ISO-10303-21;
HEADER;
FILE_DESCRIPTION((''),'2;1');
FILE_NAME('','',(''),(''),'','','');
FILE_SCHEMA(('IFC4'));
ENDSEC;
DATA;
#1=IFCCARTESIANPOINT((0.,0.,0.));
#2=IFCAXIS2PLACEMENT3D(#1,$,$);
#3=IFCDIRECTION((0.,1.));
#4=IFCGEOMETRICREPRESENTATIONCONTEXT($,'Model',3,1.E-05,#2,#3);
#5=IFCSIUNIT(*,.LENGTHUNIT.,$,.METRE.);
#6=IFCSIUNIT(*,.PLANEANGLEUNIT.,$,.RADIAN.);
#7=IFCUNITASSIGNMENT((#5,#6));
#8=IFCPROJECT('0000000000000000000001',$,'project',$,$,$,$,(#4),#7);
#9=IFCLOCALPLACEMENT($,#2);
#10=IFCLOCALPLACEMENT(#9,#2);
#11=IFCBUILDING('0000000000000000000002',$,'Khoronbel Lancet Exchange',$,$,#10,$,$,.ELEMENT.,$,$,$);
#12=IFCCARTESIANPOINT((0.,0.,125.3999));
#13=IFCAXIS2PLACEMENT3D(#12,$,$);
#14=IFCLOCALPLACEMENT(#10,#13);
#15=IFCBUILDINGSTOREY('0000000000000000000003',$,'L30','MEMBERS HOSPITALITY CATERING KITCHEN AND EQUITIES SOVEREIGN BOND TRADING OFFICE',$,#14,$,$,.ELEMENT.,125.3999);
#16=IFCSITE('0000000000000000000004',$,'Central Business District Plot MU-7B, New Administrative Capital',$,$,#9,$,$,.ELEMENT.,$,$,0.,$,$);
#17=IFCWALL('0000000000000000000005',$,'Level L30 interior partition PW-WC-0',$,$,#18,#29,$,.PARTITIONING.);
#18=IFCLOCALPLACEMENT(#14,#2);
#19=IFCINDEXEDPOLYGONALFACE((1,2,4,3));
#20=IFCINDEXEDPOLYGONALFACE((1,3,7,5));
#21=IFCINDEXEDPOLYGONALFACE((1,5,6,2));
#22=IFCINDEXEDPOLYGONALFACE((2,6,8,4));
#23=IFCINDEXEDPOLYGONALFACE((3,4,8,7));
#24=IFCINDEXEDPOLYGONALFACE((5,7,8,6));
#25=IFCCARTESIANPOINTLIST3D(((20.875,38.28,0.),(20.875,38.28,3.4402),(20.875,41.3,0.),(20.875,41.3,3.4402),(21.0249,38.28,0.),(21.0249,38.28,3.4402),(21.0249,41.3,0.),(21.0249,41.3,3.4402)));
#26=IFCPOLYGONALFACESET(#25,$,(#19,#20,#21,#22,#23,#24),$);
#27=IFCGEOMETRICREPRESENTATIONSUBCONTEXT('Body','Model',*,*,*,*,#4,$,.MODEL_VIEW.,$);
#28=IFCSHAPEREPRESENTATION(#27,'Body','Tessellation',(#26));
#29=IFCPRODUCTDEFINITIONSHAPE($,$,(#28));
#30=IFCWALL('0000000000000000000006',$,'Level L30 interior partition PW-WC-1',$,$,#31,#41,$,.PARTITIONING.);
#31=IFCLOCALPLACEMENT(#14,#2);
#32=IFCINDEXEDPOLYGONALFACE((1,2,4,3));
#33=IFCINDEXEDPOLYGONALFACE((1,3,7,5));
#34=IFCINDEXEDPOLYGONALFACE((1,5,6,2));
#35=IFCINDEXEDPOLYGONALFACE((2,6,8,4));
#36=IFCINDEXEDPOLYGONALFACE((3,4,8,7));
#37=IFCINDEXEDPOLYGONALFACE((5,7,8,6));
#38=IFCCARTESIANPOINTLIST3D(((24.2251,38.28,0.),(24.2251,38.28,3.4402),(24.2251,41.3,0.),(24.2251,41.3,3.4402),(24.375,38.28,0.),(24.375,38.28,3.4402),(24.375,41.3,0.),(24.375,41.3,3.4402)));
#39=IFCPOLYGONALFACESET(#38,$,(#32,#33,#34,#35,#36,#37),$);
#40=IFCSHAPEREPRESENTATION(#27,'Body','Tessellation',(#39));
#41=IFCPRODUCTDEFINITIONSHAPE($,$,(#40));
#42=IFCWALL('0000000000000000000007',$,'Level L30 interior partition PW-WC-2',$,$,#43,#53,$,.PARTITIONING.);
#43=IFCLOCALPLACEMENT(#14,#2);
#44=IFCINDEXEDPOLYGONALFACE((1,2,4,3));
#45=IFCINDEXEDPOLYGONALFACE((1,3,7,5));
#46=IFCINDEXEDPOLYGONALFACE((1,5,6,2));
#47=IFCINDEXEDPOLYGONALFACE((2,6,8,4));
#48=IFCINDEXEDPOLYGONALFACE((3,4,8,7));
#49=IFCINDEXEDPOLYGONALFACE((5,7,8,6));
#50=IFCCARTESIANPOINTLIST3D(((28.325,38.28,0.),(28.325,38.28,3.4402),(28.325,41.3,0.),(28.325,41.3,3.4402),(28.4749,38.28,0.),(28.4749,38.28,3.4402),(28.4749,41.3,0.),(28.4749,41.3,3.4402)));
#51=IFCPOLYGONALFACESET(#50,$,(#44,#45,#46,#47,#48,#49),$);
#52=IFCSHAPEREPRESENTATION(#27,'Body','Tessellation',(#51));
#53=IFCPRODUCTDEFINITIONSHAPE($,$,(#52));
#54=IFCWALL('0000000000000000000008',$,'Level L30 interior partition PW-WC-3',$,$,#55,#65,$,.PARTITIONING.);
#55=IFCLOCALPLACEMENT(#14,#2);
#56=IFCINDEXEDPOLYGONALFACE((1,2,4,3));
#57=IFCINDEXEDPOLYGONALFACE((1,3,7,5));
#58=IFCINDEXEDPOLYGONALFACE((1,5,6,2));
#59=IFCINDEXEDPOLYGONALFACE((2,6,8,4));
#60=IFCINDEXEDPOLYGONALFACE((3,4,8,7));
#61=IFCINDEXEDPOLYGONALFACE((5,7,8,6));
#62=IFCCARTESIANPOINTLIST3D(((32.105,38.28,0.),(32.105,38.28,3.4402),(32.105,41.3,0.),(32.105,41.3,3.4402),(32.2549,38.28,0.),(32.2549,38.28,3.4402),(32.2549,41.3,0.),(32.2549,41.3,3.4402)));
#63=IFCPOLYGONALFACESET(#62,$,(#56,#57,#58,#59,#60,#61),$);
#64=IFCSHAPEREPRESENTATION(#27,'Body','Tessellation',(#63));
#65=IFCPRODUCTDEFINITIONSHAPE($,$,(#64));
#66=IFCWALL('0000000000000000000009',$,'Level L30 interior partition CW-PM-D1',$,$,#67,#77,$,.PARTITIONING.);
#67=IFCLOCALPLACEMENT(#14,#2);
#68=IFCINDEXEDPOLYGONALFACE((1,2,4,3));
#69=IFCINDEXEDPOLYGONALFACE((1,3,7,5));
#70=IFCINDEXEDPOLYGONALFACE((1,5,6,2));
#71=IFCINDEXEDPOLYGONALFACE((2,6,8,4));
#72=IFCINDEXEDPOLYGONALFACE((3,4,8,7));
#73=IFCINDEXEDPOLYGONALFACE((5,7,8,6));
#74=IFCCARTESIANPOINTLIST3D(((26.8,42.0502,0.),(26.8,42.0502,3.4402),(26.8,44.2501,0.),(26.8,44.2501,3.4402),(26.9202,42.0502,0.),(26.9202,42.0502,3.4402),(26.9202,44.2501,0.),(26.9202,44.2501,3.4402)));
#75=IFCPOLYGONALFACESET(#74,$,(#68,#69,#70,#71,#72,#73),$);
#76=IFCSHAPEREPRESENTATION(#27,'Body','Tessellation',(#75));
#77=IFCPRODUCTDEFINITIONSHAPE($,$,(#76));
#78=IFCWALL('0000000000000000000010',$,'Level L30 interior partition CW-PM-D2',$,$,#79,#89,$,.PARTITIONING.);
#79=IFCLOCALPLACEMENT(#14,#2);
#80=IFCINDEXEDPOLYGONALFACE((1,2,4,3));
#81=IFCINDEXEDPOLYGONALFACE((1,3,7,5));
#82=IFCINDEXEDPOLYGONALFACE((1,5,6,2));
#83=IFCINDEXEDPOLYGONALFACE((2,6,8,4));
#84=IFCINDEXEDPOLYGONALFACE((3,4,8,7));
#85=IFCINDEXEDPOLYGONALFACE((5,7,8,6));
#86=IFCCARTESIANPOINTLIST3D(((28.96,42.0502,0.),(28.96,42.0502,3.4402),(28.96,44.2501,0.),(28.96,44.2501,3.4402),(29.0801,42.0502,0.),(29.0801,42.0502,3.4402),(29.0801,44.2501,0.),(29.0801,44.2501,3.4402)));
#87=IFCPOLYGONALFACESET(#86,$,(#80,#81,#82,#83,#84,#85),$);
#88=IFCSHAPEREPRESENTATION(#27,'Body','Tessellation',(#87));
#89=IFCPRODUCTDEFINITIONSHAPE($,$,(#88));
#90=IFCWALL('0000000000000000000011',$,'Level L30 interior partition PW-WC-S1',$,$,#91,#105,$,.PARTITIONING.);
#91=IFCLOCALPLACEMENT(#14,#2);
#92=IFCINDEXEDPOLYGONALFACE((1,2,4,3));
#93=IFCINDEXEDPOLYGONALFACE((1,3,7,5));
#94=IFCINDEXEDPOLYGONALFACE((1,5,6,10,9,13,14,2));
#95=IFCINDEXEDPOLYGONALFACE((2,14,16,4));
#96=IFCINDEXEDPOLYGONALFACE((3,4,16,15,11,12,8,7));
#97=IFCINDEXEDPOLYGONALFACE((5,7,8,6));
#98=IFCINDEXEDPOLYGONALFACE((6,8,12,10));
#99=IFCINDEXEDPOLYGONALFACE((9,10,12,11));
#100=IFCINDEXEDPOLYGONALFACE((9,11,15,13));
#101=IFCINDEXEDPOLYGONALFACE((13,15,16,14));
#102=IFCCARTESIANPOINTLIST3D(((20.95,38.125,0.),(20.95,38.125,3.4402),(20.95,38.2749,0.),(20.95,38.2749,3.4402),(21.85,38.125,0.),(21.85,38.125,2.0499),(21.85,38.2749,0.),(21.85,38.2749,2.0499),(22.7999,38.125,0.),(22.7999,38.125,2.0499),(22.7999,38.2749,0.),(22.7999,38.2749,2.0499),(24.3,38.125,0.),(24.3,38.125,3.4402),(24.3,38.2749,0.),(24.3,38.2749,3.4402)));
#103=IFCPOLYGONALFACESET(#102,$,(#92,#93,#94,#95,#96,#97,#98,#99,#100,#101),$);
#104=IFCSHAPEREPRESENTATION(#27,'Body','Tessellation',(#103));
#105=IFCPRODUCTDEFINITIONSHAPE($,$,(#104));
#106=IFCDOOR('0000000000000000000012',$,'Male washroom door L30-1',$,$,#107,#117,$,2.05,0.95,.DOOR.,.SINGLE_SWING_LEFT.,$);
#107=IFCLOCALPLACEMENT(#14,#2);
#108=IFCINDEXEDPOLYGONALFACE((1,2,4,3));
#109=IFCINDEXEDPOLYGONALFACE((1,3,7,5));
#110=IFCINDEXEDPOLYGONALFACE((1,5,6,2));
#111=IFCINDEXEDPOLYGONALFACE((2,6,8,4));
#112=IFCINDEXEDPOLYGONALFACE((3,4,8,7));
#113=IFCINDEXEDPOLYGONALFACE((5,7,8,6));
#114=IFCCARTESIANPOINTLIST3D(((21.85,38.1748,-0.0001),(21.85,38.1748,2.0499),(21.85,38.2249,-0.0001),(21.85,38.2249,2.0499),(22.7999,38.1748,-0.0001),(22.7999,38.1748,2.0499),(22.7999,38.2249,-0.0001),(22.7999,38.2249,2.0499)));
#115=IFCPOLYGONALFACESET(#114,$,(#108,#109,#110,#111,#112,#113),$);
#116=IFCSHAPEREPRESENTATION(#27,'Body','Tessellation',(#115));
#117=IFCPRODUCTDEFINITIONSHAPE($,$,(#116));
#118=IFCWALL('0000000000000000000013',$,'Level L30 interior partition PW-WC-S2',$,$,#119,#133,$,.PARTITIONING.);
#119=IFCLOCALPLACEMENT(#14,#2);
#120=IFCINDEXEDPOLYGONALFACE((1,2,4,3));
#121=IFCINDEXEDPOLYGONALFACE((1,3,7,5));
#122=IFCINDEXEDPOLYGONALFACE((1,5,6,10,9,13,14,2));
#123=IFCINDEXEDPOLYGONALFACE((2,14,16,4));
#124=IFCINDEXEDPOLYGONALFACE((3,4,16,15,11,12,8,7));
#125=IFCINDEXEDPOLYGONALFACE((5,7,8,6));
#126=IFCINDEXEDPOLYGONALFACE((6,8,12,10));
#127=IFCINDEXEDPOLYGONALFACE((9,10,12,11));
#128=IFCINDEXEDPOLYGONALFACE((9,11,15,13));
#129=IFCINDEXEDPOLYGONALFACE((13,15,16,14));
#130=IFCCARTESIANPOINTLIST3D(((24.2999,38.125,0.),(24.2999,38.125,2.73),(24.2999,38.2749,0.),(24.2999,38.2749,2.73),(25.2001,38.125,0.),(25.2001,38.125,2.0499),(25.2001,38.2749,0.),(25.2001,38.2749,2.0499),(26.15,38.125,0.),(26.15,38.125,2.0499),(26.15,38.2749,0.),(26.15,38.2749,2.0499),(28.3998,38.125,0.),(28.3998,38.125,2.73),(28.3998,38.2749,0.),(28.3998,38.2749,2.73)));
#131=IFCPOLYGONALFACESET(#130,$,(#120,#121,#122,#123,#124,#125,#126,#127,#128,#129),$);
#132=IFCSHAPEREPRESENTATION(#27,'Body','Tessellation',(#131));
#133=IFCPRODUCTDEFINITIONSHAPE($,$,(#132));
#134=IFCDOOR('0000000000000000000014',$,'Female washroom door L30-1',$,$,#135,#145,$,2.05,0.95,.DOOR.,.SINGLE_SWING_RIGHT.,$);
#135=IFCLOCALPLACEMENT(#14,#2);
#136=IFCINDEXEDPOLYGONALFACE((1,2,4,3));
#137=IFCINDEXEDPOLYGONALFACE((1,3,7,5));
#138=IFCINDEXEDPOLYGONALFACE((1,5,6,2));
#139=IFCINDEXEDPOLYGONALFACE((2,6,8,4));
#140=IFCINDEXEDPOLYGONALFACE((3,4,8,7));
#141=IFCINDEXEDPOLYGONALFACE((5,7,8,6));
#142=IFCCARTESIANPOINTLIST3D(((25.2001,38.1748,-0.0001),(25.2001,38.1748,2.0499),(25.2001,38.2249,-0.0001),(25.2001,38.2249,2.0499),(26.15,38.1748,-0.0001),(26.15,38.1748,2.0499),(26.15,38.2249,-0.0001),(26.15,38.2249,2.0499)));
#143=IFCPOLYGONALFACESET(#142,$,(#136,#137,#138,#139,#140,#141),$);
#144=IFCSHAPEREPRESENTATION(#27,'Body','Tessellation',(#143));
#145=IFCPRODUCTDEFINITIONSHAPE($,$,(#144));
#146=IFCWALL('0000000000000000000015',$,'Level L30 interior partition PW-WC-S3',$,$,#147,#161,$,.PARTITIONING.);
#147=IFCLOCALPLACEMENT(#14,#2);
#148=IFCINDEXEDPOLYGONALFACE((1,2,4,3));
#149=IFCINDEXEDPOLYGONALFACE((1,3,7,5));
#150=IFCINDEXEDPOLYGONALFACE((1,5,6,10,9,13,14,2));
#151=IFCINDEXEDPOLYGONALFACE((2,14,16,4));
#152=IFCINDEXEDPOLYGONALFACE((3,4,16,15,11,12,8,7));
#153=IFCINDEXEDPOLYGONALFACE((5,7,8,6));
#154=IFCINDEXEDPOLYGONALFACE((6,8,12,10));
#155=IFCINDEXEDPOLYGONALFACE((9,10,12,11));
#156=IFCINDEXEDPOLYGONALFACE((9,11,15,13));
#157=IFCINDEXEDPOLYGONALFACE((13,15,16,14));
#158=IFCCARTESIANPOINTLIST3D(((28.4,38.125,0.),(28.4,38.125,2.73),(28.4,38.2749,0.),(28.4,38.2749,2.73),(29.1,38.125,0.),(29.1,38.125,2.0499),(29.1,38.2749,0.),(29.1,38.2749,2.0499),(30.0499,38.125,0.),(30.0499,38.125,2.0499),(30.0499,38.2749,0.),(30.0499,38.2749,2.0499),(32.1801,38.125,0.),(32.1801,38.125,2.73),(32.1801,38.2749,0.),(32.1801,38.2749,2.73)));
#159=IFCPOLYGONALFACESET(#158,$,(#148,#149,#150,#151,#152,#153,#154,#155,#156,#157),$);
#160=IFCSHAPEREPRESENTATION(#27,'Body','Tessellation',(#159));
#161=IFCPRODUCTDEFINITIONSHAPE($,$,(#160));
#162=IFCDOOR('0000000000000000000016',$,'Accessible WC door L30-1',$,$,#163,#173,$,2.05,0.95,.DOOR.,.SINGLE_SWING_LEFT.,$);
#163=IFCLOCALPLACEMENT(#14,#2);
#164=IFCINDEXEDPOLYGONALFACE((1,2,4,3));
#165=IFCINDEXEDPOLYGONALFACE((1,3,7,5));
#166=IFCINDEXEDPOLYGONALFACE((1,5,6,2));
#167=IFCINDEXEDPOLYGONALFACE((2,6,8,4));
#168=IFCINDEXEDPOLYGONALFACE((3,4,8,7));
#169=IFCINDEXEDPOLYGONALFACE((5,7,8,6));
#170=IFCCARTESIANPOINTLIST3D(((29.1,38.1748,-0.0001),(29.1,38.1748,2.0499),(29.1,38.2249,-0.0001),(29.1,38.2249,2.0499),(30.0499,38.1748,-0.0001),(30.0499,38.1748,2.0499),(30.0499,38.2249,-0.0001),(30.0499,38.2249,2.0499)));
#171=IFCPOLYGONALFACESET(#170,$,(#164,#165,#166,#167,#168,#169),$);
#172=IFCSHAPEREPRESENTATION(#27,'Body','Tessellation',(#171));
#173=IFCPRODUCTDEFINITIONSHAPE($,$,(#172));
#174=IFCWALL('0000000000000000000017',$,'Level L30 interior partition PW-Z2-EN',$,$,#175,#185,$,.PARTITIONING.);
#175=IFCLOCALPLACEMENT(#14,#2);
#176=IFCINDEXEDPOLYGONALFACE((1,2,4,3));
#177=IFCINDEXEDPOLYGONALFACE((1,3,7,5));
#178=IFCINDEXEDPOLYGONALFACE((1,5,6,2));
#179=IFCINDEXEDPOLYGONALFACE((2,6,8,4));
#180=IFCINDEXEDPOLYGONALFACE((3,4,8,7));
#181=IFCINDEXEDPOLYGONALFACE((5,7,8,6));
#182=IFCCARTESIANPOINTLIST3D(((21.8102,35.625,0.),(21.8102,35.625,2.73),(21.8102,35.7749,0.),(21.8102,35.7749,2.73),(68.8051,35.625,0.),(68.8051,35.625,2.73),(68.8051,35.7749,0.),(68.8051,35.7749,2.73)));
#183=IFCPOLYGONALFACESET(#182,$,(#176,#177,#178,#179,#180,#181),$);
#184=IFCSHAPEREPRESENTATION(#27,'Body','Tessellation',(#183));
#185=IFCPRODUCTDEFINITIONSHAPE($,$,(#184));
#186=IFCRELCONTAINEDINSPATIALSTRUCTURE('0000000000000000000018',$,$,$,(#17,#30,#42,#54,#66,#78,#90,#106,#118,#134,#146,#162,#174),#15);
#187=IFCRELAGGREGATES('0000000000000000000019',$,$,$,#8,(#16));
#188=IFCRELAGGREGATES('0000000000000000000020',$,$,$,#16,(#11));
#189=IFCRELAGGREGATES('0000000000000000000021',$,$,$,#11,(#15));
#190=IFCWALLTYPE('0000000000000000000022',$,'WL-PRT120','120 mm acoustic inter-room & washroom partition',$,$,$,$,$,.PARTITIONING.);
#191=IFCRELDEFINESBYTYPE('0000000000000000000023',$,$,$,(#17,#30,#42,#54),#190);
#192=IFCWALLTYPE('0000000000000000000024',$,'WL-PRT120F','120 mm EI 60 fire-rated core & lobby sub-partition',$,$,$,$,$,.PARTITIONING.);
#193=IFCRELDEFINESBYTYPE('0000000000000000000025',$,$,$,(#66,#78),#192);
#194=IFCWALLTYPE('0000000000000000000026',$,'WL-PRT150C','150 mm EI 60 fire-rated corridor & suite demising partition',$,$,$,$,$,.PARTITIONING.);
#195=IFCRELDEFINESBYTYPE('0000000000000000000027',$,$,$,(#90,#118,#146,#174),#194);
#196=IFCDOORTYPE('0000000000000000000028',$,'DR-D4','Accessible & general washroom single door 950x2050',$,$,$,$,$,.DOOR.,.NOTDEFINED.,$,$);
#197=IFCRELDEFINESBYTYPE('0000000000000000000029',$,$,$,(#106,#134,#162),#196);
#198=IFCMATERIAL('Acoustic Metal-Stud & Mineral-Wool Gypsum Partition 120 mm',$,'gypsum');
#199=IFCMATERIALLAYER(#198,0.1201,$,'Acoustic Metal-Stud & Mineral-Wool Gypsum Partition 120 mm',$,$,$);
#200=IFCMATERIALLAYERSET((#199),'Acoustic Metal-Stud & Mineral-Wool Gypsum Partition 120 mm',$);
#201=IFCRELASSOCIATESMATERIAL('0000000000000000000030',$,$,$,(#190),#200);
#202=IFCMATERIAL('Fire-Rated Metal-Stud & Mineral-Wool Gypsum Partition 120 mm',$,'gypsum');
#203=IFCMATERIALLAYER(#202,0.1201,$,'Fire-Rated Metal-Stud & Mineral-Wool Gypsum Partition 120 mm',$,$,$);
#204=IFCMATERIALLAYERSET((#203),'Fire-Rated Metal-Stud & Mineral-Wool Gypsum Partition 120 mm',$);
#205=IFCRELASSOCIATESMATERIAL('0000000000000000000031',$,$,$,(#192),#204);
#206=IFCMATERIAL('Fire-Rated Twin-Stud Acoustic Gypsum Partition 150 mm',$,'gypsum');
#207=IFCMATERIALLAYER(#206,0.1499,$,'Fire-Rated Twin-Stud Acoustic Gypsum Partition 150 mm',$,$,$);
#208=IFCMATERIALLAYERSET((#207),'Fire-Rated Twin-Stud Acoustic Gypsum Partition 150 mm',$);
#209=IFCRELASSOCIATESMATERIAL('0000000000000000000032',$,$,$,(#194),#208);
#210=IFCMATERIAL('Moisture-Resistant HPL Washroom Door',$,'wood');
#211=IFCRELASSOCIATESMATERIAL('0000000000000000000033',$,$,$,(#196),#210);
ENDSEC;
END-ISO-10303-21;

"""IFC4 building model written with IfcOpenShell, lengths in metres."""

from ifc_helpers import new_model, si_unit, direction, frame, frame_2d, origin, place, context, subcontext, project, spatial, rectangle, extrude, material, layer, layer_set, type_object, element, fill, save


model = new_model("IFC4")

# Units and contexts
model_context = context("Model", 3, precision=1e-05, world=origin(), true_north=direction((0.0, 1.0)))
body_context = subcontext(model_context, "Body", "Model", "MODEL_VIEW")
ifc_project = project(units=[si_unit("LENGTHUNIT", "METRE"), si_unit("PLANEANGLEUNIT", "RADIAN")], contexts=[model_context])

# Site, building, storey
site_placement = place(None, origin())
site = spatial("IfcSite", under=ifc_project, at=site_placement, Name="Central Business District Plot MU-7B, New Administrative Capital", CompositionType="ELEMENT", RefElevation=0.0)
building_placement = place(site_placement, origin())
building = spatial("IfcBuilding", under=site, at=building_placement, Name="Khoronbel Lancet Exchange", CompositionType="ELEMENT")
storey_placement = place(building_placement, frame((0.0, 0.0, 125.3999)))
storey = spatial("IfcBuildingStorey", under=building, at=storey_placement, Name="L30", Description="MEMBERS HOSPITALITY CATERING KITCHEN AND EQUITIES SOVEREIGN BOND TRADING OFFICE", CompositionType="ELEMENT", Elevation=125.3999)

# Walls
ifc_material_1 = material(Name="Acoustic Metal-Stud & Mineral-Wool Gypsum Partition 120 mm", Category="gypsum")
ifc_layer_1 = layer(ifc_material_1, 0.1201, Name="Acoustic Metal-Stud & Mineral-Wool Gypsum Partition 120 mm")
ifc_layer_set_1 = layer_set([ifc_layer_1], Name="Acoustic Metal-Stud & Mineral-Wool Gypsum Partition 120 mm")
wall_type_1 = type_object("IfcWallType", Name="WL-PRT120", Description="120 mm acoustic inter-room & washroom partition", PredefinedType="PARTITIONING", material=ifc_layer_set_1)
for number, where, z_axis, x_axis, name in (
    (1, (20.95, 38.28, 0.0), (0.0, 0.0, 1.0), (0.0, 1.0, 0.0), "Level L30 interior partition PW-WC-0"),
    (2, (24.3, 38.28, 0.0), (0.0, 0.0, 1.0), (0.0, 1.0, 0.0), "Level L30 interior partition PW-WC-1"),
    (3, (28.3999, 38.28, 0.0), (0.0, 0.0, 1.0), (0.0, 1.0, 0.0), "Level L30 interior partition PW-WC-2"),
    (4, (32.1799, 38.28, 0.0), (0.0, 0.0, 1.0), (0.0, 1.0, 0.0), "Level L30 interior partition PW-WC-3"),
):
    element("IfcWall", number, at=place(storey_placement, frame(where, z_axis=z_axis, x_axis=x_axis)), inside=storey, type_object=wall_type_1, Name=name, PredefinedType="PARTITIONING", context=body_context, shape_type="SweptSolid", body=[
        extrude(rectangle(XDim=3.02, YDim=0.1499, at=frame_2d((1.51, 0.0))), origin(), (0.0, 0.0, 1.0), 3.4402),
    ])
ifc_material_2 = material(Name="Fire-Rated Metal-Stud & Mineral-Wool Gypsum Partition 120 mm", Category="gypsum")
ifc_layer_2 = layer(ifc_material_2, 0.1201, Name="Fire-Rated Metal-Stud & Mineral-Wool Gypsum Partition 120 mm")
ifc_layer_set_2 = layer_set([ifc_layer_2], Name="Fire-Rated Metal-Stud & Mineral-Wool Gypsum Partition 120 mm")
wall_type_2 = type_object("IfcWallType", Name="WL-PRT120F", Description="120 mm EI 60 fire-rated core & lobby sub-partition", PredefinedType="PARTITIONING", material=ifc_layer_set_2)
for number, where, z_axis, x_axis, name in (
    (5, (26.8601, 42.05, 0.0), (0.0, 0.0, 1.0), (0.0, 1.0, 0.0), "Level L30 interior partition CW-PM-D1"),
    (6, (29.02, 42.05, 0.0), (0.0, 0.0, 1.0), (0.0, 1.0, 0.0), "Level L30 interior partition CW-PM-D2"),
):
    element("IfcWall", number, at=place(storey_placement, frame(where, z_axis=z_axis, x_axis=x_axis)), inside=storey, type_object=wall_type_2, Name=name, PredefinedType="PARTITIONING", context=body_context, shape_type="SweptSolid", body=[
        extrude(rectangle(XDim=2.2, YDim=0.1201, at=frame_2d((1.1001, 0.0))), origin(), (0.0, 0.0, 1.0), 3.4402),
    ])

# Walls, openings, doors
ifc_material_3 = material(Name="Fire-Rated Twin-Stud Acoustic Gypsum Partition 150 mm", Category="gypsum")
ifc_layer_3 = layer(ifc_material_3, 0.1499, Name="Fire-Rated Twin-Stud Acoustic Gypsum Partition 150 mm")
ifc_layer_set_3 = layer_set([ifc_layer_3], Name="Fire-Rated Twin-Stud Acoustic Gypsum Partition 150 mm")
wall_type_3 = type_object("IfcWallType", Name="WL-PRT150C", Description="150 mm EI 60 fire-rated corridor & suite demising partition", PredefinedType="PARTITIONING", material=ifc_layer_set_3)
wall_1_placement = place(storey_placement, frame((20.95, 38.2, 0.0), z_axis=(0.0, 0.0, 1.0), x_axis=(1.0, 0.0, 0.0)))
wall_1 = element("IfcWall", 7, at=wall_1_placement, inside=storey, type_object=wall_type_3, Name="Level L30 interior partition PW-WC-S1", PredefinedType="PARTITIONING", context=body_context, shape_type="SweptSolid", body=[
    extrude(rectangle(XDim=3.3501, YDim=0.1499, at=frame_2d((1.675, 0.0))), origin(), (0.0, 0.0, 1.0), 3.4402),
])
opening_1_placement = place(wall_1_placement, frame((0.8999, 0.0, 0.0)))
opening_1 = element("IfcOpeningElement", 8, at=opening_1_placement, cuts=wall_1, PredefinedType="OPENING", context=body_context, shape_type="SweptSolid", body=[
    extrude(rectangle(XDim=0.95, YDim=2.05, at=frame_2d((0.4751, 1.0249))), frame((0.0, 0.085, 0.0), z_axis=(0.0, -1.0, 0.0), x_axis=(1.0, 0.0, 0.0)), (0.0, 0.0, 1.0), 0.1699),
])
ifc_material_4 = material(Name="Moisture-Resistant HPL Washroom Door", Category="wood")
door_type_1 = type_object("IfcDoorType", Name="DR-D4", Description="Accessible & general washroom single door 950x2050", OperationType="NOTDEFINED", PredefinedType="DOOR", material=ifc_material_4)
door_1_placement = place(opening_1_placement, origin())
door_1 = element("IfcDoor", 9, at=door_1_placement, inside=storey, type_object=door_type_1, Name="Male washroom door L30-1", OperationType="SINGLE_SWING_LEFT", OverallHeight=2.05, OverallWidth=0.95, PredefinedType="DOOR", context=body_context, shape_type="SweptSolid", body=[
    extrude(rectangle(XDim=0.95, YDim=2.05, at=frame_2d((0.4751, 1.0249))), frame((0.0, 0.0249, 0.0), z_axis=(0.0, -1.0, 0.0), x_axis=(1.0, 0.0, 0.0)), (0.0, 0.0, 1.0), 0.05),
])
fill(opening_1, door_1)
wall_2_placement = place(storey_placement, frame((24.3, 38.2, 0.0), z_axis=(0.0, 0.0, 1.0), x_axis=(1.0, 0.0, 0.0)))
wall_2 = element("IfcWall", 10, at=wall_2_placement, inside=storey, type_object=wall_type_3, Name="Level L30 interior partition PW-WC-S2", PredefinedType="PARTITIONING", context=body_context, shape_type="SweptSolid", body=[
    extrude(rectangle(XDim=4.0999, YDim=0.1499, at=frame_2d((2.0498, 0.0))), origin(), (0.0, 0.0, 1.0), 2.73),
])
opening_2_placement = place(wall_2_placement, frame((0.8999, 0.0, 0.0)))
opening_2 = element("IfcOpeningElement", 11, at=opening_2_placement, cuts=wall_2, PredefinedType="OPENING", context=body_context, shape_type="SweptSolid", body=[
    extrude(rectangle(XDim=0.95, YDim=2.05, at=frame_2d((0.4751, 1.0249))), frame((0.0, 0.085, 0.0), z_axis=(0.0, -1.0, 0.0), x_axis=(1.0, 0.0, 0.0)), (0.0, 0.0, 1.0), 0.1699),
])
door_2_placement = place(opening_2_placement, origin())
door_2 = element("IfcDoor", 12, at=door_2_placement, inside=storey, type_object=door_type_1, Name="Female washroom door L30-1", OperationType="SINGLE_SWING_RIGHT", OverallHeight=2.05, OverallWidth=0.95, PredefinedType="DOOR", context=body_context, shape_type="SweptSolid", body=[
    extrude(rectangle(XDim=0.95, YDim=2.05, at=frame_2d((0.4751, 1.0249))), frame((0.0, 0.0249, 0.0), z_axis=(0.0, -1.0, 0.0), x_axis=(1.0, 0.0, 0.0)), (0.0, 0.0, 1.0), 0.05),
])
fill(opening_2, door_2)
wall_3_placement = place(storey_placement, frame((28.3999, 38.2, 0.0), z_axis=(0.0, 0.0, 1.0), x_axis=(1.0, 0.0, 0.0)))
wall_3 = element("IfcWall", 13, at=wall_3_placement, inside=storey, type_object=wall_type_3, Name="Level L30 interior partition PW-WC-S3", PredefinedType="PARTITIONING", context=body_context, shape_type="SweptSolid", body=[
    extrude(rectangle(XDim=3.78, YDim=0.1499, at=frame_2d((1.8901, 0.0))), origin(), (0.0, 0.0, 1.0), 2.73),
])
opening_3_placement = place(wall_3_placement, frame((0.7, 0.0, 0.0)))
opening_3 = element("IfcOpeningElement", 14, at=opening_3_placement, cuts=wall_3, PredefinedType="OPENING", context=body_context, shape_type="SweptSolid", body=[
    extrude(rectangle(XDim=0.95, YDim=2.05, at=frame_2d((0.4751, 1.0249))), frame((0.0, 0.085, 0.0), z_axis=(0.0, -1.0, 0.0), x_axis=(1.0, 0.0, 0.0)), (0.0, 0.0, 1.0), 0.1699),
])
door_3_placement = place(opening_3_placement, origin())
door_3 = element("IfcDoor", 15, at=door_3_placement, inside=storey, type_object=door_type_1, Name="Accessible WC door L30-1", OperationType="SINGLE_SWING_LEFT", OverallHeight=2.05, OverallWidth=0.95, PredefinedType="DOOR", context=body_context, shape_type="SweptSolid", body=[
    extrude(rectangle(XDim=0.95, YDim=2.05, at=frame_2d((0.4751, 1.0249))), frame((0.0, 0.0249, 0.0), z_axis=(0.0, -1.0, 0.0), x_axis=(1.0, 0.0, 0.0)), (0.0, 0.0, 1.0), 0.05),
])
fill(opening_3, door_3)

# Wall
wall_4_placement = place(storey_placement, frame((21.8101, 35.7, 0.0), z_axis=(0.0, 0.0, 1.0), x_axis=(1.0, 0.0, 0.0)))
element("IfcWall", 16, at=wall_4_placement, inside=storey, type_object=wall_type_3, Name="Level L30 interior partition PW-Z2-EN", PredefinedType="PARTITIONING", context=body_context, shape_type="SweptSolid", body=[
    extrude(rectangle(XDim=46.9949, YDim=0.1499, at=frame_2d((23.4976, 0.0))), origin(), (0.0, 0.0, 1.0), 2.73),
])

save(model, "model.ifc")
